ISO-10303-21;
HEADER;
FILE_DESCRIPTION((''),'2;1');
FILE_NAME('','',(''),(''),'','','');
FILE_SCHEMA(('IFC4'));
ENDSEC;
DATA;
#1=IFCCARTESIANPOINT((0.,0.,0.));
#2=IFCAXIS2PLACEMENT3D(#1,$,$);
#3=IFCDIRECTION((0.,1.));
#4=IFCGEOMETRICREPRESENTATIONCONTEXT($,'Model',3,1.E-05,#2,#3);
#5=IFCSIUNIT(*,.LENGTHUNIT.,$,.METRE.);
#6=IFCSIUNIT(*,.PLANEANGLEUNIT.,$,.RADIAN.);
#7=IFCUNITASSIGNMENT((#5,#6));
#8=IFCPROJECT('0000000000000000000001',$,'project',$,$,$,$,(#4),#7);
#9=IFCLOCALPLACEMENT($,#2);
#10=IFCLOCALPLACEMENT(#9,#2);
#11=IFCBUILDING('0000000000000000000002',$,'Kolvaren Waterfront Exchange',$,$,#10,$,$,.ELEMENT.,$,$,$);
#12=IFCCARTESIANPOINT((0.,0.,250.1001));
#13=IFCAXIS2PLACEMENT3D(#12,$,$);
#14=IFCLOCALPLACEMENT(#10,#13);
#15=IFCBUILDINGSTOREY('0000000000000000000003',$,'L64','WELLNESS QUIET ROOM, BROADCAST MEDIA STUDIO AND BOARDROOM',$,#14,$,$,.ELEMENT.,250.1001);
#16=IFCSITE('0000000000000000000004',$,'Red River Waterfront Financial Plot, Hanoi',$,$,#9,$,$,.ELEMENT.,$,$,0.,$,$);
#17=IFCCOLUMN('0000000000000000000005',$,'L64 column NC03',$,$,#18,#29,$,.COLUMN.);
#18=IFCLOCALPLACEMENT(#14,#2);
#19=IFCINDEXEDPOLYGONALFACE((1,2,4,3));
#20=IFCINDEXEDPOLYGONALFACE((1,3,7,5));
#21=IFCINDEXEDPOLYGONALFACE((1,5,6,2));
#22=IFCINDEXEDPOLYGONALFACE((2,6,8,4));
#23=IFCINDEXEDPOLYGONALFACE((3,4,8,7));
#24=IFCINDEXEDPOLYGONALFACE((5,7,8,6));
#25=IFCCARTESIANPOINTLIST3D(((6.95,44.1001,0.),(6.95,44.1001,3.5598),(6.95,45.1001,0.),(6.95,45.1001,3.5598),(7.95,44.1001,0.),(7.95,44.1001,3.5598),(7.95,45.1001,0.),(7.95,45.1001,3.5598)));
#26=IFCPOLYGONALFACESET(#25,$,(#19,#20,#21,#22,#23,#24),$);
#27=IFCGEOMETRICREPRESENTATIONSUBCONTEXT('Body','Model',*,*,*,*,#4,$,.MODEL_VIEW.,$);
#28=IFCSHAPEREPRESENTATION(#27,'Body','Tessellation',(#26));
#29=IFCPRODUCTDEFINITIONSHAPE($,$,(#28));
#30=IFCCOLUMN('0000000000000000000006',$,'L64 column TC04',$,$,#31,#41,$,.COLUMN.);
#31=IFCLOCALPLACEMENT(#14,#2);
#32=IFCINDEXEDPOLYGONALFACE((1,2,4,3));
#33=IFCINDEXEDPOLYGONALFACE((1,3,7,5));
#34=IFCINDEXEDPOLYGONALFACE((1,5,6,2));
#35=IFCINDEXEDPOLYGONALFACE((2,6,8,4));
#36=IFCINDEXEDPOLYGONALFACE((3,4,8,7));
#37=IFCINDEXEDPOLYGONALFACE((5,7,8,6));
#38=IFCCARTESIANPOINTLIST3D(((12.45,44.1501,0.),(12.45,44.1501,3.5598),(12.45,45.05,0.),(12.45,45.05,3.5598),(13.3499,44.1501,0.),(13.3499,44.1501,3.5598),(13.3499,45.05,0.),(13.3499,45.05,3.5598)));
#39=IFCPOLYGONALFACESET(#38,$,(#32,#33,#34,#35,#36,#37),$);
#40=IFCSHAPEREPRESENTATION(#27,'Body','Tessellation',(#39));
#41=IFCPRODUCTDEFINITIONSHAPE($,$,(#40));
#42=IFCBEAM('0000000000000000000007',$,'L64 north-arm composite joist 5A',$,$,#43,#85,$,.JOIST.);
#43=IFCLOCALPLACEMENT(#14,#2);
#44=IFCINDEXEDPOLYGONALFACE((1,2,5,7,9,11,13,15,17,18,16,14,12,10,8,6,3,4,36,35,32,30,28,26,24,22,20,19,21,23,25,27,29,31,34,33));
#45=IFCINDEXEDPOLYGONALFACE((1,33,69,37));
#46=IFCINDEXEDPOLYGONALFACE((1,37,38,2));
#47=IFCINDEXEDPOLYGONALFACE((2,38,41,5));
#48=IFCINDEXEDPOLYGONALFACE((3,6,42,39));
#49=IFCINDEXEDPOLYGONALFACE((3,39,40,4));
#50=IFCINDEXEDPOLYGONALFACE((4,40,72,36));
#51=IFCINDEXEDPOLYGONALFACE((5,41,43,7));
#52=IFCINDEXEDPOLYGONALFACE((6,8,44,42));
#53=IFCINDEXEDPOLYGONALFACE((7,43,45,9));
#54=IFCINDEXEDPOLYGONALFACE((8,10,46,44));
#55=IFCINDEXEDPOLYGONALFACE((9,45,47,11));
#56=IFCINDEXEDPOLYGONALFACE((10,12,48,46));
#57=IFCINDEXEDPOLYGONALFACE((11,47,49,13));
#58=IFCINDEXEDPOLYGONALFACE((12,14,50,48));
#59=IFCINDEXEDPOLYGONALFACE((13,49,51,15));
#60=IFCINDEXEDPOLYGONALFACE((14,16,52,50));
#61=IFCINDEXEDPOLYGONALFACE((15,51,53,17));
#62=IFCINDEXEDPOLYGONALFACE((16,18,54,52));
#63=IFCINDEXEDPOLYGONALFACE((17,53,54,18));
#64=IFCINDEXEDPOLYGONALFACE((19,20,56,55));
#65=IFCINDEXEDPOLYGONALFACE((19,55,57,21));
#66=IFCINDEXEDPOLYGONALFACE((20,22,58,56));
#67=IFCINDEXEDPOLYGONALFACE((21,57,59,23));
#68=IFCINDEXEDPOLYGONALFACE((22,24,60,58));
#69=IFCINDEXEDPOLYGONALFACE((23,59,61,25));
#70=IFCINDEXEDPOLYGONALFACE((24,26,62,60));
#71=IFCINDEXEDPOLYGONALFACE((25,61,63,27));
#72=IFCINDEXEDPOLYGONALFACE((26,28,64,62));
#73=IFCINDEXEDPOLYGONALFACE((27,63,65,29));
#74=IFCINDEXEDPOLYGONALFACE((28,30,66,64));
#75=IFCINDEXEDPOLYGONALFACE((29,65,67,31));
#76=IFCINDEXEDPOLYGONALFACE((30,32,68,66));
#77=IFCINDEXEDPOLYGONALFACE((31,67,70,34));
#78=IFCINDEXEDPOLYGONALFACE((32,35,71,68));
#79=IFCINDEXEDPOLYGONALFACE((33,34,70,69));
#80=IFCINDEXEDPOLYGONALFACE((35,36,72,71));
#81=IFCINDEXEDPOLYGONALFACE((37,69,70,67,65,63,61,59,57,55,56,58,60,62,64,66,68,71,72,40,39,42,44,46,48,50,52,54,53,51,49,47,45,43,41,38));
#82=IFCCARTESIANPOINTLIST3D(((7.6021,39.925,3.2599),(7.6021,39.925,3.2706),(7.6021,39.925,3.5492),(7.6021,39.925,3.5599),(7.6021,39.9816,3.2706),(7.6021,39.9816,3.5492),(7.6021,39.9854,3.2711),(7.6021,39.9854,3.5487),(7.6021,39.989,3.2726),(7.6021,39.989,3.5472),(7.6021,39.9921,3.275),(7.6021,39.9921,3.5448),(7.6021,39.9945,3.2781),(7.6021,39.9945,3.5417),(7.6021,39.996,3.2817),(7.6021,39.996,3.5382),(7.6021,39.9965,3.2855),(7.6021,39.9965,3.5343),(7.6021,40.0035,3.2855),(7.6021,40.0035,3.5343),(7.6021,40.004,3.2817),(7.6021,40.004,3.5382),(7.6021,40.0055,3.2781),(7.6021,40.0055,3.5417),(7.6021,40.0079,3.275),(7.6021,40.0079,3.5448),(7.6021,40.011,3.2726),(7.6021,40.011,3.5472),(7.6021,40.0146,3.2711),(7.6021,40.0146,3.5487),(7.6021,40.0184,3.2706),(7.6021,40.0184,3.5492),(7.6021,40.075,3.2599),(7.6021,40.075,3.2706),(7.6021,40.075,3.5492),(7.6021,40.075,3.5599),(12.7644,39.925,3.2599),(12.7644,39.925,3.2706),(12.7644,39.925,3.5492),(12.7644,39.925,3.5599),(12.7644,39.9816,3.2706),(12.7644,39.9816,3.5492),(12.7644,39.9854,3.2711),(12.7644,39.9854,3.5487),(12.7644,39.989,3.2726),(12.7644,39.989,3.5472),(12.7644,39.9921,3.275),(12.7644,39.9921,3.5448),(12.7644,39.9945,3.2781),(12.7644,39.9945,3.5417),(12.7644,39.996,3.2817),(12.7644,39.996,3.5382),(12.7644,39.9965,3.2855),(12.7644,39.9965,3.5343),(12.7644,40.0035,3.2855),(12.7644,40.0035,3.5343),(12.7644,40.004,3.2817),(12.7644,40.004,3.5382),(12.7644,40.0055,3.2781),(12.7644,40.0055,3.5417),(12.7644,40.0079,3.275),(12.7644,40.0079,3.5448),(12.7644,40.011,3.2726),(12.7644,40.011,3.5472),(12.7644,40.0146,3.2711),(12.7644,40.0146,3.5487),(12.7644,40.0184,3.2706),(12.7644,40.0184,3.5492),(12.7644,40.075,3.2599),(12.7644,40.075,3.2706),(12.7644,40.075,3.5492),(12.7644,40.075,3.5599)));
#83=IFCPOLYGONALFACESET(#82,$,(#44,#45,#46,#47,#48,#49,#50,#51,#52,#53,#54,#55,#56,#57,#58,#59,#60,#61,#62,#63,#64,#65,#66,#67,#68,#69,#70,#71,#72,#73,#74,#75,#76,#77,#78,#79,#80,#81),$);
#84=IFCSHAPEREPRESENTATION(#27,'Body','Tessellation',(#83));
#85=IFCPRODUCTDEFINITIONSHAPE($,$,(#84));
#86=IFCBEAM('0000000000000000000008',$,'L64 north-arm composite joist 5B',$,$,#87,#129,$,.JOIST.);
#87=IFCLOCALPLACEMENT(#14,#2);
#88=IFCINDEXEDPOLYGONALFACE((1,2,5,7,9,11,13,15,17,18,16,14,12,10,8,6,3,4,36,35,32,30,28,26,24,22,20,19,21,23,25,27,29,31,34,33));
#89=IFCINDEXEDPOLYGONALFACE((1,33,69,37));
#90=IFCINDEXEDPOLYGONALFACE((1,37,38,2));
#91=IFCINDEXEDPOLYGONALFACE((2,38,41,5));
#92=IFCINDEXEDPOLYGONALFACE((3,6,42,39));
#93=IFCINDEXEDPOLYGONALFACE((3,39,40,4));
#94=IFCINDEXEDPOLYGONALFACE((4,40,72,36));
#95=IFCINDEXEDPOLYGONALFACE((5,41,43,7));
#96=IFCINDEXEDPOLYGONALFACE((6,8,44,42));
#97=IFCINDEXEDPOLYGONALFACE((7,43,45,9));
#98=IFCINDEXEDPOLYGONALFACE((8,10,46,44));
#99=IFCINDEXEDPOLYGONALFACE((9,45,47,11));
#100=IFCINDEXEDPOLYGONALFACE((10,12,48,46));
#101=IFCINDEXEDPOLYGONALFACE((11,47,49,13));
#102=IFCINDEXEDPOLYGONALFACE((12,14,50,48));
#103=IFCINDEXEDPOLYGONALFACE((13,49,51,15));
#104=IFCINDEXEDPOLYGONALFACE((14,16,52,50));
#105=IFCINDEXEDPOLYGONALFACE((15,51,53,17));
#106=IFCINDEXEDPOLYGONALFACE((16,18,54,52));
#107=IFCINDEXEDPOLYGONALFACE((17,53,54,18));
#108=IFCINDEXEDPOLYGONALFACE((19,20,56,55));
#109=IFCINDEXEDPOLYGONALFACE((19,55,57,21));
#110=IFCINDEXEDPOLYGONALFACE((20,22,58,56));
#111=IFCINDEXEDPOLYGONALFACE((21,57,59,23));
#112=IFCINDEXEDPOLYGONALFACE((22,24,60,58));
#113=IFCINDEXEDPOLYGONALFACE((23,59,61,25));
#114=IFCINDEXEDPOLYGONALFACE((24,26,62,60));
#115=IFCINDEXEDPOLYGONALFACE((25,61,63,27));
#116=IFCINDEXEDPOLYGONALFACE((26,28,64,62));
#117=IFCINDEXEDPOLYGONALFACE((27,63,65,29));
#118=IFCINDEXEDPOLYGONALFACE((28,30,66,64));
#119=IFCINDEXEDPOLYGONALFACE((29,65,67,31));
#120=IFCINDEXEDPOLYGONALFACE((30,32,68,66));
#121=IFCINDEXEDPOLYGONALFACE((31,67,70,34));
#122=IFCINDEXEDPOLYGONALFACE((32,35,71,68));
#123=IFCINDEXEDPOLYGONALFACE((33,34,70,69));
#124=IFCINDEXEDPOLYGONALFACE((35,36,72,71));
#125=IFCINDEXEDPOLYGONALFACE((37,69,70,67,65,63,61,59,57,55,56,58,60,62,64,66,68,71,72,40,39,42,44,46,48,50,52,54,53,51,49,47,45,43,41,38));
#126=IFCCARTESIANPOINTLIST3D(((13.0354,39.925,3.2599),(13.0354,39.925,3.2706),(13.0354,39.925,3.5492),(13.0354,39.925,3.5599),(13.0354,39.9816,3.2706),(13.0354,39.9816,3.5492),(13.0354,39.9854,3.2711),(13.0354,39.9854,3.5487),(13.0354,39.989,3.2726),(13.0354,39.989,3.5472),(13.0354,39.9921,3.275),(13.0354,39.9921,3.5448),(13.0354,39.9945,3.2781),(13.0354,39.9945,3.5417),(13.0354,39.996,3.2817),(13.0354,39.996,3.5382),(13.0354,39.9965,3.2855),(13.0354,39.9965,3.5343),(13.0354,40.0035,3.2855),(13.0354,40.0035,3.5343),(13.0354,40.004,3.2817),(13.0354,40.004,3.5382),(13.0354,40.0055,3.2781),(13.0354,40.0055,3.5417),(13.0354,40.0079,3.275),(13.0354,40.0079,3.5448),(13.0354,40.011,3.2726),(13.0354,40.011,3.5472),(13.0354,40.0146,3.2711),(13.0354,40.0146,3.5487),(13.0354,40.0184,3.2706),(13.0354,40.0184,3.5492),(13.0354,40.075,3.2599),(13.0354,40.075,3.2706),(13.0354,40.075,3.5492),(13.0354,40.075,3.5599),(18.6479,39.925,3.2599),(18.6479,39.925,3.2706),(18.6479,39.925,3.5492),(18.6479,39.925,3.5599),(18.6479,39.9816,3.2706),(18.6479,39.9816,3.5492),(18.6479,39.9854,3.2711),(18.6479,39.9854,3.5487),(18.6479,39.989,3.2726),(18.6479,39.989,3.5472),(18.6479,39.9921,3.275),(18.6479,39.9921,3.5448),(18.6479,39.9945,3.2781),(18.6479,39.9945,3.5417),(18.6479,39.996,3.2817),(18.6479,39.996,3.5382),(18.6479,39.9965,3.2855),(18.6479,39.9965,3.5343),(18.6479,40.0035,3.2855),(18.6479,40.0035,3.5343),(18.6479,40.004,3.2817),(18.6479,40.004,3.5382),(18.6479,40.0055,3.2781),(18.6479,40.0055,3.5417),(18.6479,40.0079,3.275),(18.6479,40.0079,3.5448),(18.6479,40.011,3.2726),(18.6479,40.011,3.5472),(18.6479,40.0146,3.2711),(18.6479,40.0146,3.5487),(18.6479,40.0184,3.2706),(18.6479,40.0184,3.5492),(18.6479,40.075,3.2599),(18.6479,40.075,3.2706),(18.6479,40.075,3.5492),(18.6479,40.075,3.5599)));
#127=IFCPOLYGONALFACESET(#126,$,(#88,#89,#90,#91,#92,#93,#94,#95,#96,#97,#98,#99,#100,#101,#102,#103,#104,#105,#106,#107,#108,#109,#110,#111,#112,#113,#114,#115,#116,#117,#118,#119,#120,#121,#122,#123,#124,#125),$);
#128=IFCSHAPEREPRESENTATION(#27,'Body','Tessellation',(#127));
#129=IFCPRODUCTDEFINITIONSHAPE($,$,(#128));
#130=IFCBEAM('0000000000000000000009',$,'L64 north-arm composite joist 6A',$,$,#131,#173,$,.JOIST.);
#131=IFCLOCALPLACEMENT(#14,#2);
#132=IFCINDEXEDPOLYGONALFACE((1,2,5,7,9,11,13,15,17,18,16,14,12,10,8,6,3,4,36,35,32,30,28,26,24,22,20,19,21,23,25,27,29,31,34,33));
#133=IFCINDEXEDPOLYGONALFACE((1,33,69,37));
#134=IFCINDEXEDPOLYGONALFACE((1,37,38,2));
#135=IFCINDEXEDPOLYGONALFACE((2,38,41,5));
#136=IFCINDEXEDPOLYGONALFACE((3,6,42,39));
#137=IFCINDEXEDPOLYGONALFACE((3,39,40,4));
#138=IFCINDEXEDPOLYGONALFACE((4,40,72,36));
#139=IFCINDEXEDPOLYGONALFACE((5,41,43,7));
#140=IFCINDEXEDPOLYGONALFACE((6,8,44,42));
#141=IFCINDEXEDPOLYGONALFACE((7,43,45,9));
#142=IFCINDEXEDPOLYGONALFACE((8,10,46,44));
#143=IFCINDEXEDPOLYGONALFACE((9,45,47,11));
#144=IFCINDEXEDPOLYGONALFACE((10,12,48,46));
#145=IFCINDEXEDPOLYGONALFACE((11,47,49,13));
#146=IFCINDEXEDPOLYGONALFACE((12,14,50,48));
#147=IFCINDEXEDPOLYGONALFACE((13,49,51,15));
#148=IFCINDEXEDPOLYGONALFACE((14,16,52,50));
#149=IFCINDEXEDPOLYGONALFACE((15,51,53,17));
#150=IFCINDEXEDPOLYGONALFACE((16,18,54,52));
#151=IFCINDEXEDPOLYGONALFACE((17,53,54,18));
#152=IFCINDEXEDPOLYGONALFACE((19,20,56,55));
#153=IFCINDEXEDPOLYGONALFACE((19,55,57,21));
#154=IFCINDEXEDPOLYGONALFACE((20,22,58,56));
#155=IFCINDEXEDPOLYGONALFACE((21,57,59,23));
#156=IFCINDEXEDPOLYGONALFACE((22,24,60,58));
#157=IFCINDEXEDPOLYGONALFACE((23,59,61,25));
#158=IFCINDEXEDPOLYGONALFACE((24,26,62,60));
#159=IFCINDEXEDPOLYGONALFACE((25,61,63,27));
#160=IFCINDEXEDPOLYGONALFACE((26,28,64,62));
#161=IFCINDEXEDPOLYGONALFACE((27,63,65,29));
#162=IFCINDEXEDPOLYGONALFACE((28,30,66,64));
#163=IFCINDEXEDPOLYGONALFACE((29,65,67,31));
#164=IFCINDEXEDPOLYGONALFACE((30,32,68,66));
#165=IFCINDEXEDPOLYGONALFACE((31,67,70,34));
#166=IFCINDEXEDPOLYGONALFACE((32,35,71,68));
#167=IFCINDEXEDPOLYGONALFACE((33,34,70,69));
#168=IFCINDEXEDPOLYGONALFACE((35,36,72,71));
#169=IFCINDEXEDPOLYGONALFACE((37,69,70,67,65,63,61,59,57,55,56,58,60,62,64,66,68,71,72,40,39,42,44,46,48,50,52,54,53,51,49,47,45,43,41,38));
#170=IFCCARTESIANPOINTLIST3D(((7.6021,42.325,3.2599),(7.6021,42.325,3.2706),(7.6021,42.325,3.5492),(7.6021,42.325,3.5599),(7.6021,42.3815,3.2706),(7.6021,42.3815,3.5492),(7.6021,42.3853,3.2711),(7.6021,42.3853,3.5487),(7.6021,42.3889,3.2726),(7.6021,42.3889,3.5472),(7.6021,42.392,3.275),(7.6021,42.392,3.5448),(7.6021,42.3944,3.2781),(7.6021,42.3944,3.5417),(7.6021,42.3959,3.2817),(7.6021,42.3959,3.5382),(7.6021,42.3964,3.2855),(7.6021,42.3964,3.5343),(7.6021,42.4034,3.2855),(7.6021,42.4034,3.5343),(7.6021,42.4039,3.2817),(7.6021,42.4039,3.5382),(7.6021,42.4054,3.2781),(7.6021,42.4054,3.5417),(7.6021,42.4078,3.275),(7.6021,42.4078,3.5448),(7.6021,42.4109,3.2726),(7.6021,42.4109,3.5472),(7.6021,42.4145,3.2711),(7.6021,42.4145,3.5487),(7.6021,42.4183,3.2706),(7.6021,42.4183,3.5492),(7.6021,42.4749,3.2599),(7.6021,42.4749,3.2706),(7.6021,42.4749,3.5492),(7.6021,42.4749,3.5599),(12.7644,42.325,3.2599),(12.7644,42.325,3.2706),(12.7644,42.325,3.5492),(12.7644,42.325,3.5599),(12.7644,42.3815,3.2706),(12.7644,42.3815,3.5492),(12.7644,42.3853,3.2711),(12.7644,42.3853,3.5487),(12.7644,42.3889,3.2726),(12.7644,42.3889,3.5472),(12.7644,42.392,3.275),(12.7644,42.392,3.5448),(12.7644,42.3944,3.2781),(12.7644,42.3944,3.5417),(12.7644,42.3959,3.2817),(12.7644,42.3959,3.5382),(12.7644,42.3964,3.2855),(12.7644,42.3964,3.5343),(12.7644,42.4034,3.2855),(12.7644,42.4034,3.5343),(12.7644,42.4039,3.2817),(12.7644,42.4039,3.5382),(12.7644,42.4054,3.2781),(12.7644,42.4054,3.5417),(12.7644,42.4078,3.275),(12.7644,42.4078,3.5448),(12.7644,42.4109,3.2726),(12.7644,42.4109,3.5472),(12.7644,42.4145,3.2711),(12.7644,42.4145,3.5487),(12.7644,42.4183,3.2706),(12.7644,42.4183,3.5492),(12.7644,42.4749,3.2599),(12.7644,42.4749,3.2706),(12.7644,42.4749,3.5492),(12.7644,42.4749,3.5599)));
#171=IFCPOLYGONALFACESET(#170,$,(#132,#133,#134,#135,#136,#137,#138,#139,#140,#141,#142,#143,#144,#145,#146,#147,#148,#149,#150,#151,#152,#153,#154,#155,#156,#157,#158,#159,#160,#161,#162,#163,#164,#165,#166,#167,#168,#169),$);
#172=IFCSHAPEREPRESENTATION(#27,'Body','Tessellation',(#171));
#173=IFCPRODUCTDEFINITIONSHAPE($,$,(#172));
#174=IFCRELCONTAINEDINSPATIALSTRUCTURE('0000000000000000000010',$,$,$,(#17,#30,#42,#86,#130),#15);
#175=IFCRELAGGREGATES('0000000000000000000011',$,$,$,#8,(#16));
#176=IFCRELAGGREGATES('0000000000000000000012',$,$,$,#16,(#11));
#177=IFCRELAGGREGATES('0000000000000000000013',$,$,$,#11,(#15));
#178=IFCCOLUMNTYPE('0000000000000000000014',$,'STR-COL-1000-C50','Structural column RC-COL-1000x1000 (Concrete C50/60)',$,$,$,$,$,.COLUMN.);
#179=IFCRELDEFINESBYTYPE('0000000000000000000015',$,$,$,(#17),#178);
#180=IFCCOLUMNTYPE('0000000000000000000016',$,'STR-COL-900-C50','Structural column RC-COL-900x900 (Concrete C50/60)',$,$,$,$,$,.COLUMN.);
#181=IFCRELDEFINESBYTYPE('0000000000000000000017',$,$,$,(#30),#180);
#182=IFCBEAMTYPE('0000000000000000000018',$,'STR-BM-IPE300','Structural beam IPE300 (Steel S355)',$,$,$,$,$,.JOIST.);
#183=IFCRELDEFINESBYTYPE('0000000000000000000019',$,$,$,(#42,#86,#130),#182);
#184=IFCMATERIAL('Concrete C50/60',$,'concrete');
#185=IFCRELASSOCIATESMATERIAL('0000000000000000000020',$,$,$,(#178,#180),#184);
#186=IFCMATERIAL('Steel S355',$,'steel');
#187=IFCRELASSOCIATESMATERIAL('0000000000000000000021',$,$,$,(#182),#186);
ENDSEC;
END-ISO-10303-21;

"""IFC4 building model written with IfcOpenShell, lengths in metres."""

from ifc_helpers import new_model, si_unit, direction, frame, origin, origin_2d, place, context, subcontext, project, spatial, rectangle, i_section, extrude, material, material_profile, profile_set, type_object, element, save


model = new_model("IFC4")

# Units and contexts
model_context = context("Model", 3, precision=1e-05, world=origin(), true_north=direction((0.0, 1.0)))
body_context = subcontext(model_context, "Body", "Model", "MODEL_VIEW")
ifc_project = project(units=[si_unit("LENGTHUNIT", "METRE"), si_unit("PLANEANGLEUNIT", "RADIAN")], contexts=[model_context])

# Site, building, storey
site_placement = place(None, origin())
site = spatial("IfcSite", under=ifc_project, at=site_placement, Name="Red River Waterfront Financial Plot, Hanoi", CompositionType="ELEMENT", RefElevation=0.0)
building_placement = place(site_placement, origin())
building = spatial("IfcBuilding", under=site, at=building_placement, Name="Kolvaren Waterfront Exchange", CompositionType="ELEMENT")
storey_placement = place(building_placement, frame((0.0, 0.0, 250.1001)))
storey = spatial("IfcBuildingStorey", under=building, at=storey_placement, Name="L64", Description="WELLNESS QUIET ROOM, BROADCAST MEDIA STUDIO AND BOARDROOM", CompositionType="ELEMENT", Elevation=250.1001)

# Columns
ifc_material_1 = material(Name="Concrete C50/60", Category="concrete")
ifc_material_profile_1 = material_profile(ifc_material_1, rectangle(XDim=1.0, YDim=1.0, at=origin_2d()), Name="RC-COL-1000x1000")
ifc_profile_set_1 = profile_set([ifc_material_profile_1], Name="Concrete C50/60")
column_type_1 = type_object("IfcColumnType", Name="STR-COL-1000-C50", Description="Structural column RC-COL-1000x1000 (Concrete C50/60)", PredefinedType="COLUMN", material=ifc_profile_set_1)
column_1_placement = place(storey_placement, frame((7.45, 44.6001, 0.0), z_axis=(0.0, 0.0, 1.0), x_axis=(1.0, 0.0, 0.0)))
element("IfcColumn", 1, at=column_1_placement, inside=storey, type_object=column_type_1, Name="L64 column NC03", PredefinedType="COLUMN", context=body_context, shape_type="SweptSolid", body=[
    extrude(rectangle(XDim=1.0, YDim=1.0, at=origin_2d()), origin(), (0.0, 0.0, 1.0), 3.5598),
])
ifc_material_profile_2 = material_profile(ifc_material_1, rectangle(XDim=0.8999, YDim=0.8999, at=origin_2d()), Name="RC-COL-900x900")
ifc_profile_set_2 = profile_set([ifc_material_profile_2], Name="Concrete C50/60")
column_type_2 = type_object("IfcColumnType", Name="STR-COL-900-C50", Description="Structural column RC-COL-900x900 (Concrete C50/60)", PredefinedType="COLUMN", material=ifc_profile_set_2)
column_2_placement = place(storey_placement, frame((12.8999, 44.6001, 0.0), z_axis=(0.0, 0.0, 1.0), x_axis=(1.0, 0.0, 0.0)))
element("IfcColumn", 2, at=column_2_placement, inside=storey, type_object=column_type_2, Name="L64 column TC04", PredefinedType="COLUMN", context=body_context, shape_type="SweptSolid", body=[
    extrude(rectangle(XDim=0.8999, YDim=0.8999, at=origin_2d()), origin(), (0.0, 0.0, 1.0), 3.5598),
])

# Beams
ifc_material_2 = material(Name="Steel S355", Category="steel")
ifc_material_profile_3 = material_profile(ifc_material_2, i_section(OverallWidth=0.1499, OverallDepth=0.3, WebThickness=0.0071, FlangeThickness=0.0107, FilletRadius=0.0149, at=origin_2d()), Name="IPE300")
ifc_profile_set_3 = profile_set([ifc_material_profile_3], Name="Steel S355")
beam_type_1 = type_object("IfcBeamType", Name="STR-BM-IPE300", Description="Structural beam IPE300 (Steel S355)", PredefinedType="JOIST", material=ifc_profile_set_3)
beam_1_placement = place(storey_placement, frame((7.6021, 40.0, 3.4099), z_axis=(1.0, 0.0, 0.0), x_axis=(0.0, 1.0, 0.0)))
element("IfcBeam", 3, at=beam_1_placement, inside=storey, type_object=beam_type_1, Name="L64 north-arm composite joist 5A", PredefinedType="JOIST", context=body_context, shape_type="SweptSolid", body=[
    extrude(i_section(OverallWidth=0.1499, OverallDepth=0.3, WebThickness=0.0071, FlangeThickness=0.0107, FilletRadius=0.0149, at=origin_2d()), origin(), (0.0, 0.0, 1.0), 5.1624),
])
beam_2_placement = place(storey_placement, frame((13.0354, 40.0, 3.4099), z_axis=(1.0, 0.0, 0.0), x_axis=(0.0, 1.0, 0.0)))
element("IfcBeam", 4, at=beam_2_placement, inside=storey, type_object=beam_type_1, Name="L64 north-arm composite joist 5B", PredefinedType="JOIST", context=body_context, shape_type="SweptSolid", body=[
    extrude(i_section(OverallWidth=0.1499, OverallDepth=0.3, WebThickness=0.0071, FlangeThickness=0.0107, FilletRadius=0.0149, at=origin_2d()), origin(), (0.0, 0.0, 1.0), 5.6125),
])
beam_3_placement = place(storey_placement, frame((7.6021, 42.3999, 3.4099), z_axis=(1.0, 0.0, 0.0), x_axis=(0.0, 1.0, 0.0)))
element("IfcBeam", 5, at=beam_3_placement, inside=storey, type_object=beam_type_1, Name="L64 north-arm composite joist 6A", PredefinedType="JOIST", context=body_context, shape_type="SweptSolid", body=[
    extrude(i_section(OverallWidth=0.1499, OverallDepth=0.3, WebThickness=0.0071, FlangeThickness=0.0107, FilletRadius=0.0149, at=origin_2d()), origin(), (0.0, 0.0, 1.0), 5.1624),
])

save(model, "model.ifc")
